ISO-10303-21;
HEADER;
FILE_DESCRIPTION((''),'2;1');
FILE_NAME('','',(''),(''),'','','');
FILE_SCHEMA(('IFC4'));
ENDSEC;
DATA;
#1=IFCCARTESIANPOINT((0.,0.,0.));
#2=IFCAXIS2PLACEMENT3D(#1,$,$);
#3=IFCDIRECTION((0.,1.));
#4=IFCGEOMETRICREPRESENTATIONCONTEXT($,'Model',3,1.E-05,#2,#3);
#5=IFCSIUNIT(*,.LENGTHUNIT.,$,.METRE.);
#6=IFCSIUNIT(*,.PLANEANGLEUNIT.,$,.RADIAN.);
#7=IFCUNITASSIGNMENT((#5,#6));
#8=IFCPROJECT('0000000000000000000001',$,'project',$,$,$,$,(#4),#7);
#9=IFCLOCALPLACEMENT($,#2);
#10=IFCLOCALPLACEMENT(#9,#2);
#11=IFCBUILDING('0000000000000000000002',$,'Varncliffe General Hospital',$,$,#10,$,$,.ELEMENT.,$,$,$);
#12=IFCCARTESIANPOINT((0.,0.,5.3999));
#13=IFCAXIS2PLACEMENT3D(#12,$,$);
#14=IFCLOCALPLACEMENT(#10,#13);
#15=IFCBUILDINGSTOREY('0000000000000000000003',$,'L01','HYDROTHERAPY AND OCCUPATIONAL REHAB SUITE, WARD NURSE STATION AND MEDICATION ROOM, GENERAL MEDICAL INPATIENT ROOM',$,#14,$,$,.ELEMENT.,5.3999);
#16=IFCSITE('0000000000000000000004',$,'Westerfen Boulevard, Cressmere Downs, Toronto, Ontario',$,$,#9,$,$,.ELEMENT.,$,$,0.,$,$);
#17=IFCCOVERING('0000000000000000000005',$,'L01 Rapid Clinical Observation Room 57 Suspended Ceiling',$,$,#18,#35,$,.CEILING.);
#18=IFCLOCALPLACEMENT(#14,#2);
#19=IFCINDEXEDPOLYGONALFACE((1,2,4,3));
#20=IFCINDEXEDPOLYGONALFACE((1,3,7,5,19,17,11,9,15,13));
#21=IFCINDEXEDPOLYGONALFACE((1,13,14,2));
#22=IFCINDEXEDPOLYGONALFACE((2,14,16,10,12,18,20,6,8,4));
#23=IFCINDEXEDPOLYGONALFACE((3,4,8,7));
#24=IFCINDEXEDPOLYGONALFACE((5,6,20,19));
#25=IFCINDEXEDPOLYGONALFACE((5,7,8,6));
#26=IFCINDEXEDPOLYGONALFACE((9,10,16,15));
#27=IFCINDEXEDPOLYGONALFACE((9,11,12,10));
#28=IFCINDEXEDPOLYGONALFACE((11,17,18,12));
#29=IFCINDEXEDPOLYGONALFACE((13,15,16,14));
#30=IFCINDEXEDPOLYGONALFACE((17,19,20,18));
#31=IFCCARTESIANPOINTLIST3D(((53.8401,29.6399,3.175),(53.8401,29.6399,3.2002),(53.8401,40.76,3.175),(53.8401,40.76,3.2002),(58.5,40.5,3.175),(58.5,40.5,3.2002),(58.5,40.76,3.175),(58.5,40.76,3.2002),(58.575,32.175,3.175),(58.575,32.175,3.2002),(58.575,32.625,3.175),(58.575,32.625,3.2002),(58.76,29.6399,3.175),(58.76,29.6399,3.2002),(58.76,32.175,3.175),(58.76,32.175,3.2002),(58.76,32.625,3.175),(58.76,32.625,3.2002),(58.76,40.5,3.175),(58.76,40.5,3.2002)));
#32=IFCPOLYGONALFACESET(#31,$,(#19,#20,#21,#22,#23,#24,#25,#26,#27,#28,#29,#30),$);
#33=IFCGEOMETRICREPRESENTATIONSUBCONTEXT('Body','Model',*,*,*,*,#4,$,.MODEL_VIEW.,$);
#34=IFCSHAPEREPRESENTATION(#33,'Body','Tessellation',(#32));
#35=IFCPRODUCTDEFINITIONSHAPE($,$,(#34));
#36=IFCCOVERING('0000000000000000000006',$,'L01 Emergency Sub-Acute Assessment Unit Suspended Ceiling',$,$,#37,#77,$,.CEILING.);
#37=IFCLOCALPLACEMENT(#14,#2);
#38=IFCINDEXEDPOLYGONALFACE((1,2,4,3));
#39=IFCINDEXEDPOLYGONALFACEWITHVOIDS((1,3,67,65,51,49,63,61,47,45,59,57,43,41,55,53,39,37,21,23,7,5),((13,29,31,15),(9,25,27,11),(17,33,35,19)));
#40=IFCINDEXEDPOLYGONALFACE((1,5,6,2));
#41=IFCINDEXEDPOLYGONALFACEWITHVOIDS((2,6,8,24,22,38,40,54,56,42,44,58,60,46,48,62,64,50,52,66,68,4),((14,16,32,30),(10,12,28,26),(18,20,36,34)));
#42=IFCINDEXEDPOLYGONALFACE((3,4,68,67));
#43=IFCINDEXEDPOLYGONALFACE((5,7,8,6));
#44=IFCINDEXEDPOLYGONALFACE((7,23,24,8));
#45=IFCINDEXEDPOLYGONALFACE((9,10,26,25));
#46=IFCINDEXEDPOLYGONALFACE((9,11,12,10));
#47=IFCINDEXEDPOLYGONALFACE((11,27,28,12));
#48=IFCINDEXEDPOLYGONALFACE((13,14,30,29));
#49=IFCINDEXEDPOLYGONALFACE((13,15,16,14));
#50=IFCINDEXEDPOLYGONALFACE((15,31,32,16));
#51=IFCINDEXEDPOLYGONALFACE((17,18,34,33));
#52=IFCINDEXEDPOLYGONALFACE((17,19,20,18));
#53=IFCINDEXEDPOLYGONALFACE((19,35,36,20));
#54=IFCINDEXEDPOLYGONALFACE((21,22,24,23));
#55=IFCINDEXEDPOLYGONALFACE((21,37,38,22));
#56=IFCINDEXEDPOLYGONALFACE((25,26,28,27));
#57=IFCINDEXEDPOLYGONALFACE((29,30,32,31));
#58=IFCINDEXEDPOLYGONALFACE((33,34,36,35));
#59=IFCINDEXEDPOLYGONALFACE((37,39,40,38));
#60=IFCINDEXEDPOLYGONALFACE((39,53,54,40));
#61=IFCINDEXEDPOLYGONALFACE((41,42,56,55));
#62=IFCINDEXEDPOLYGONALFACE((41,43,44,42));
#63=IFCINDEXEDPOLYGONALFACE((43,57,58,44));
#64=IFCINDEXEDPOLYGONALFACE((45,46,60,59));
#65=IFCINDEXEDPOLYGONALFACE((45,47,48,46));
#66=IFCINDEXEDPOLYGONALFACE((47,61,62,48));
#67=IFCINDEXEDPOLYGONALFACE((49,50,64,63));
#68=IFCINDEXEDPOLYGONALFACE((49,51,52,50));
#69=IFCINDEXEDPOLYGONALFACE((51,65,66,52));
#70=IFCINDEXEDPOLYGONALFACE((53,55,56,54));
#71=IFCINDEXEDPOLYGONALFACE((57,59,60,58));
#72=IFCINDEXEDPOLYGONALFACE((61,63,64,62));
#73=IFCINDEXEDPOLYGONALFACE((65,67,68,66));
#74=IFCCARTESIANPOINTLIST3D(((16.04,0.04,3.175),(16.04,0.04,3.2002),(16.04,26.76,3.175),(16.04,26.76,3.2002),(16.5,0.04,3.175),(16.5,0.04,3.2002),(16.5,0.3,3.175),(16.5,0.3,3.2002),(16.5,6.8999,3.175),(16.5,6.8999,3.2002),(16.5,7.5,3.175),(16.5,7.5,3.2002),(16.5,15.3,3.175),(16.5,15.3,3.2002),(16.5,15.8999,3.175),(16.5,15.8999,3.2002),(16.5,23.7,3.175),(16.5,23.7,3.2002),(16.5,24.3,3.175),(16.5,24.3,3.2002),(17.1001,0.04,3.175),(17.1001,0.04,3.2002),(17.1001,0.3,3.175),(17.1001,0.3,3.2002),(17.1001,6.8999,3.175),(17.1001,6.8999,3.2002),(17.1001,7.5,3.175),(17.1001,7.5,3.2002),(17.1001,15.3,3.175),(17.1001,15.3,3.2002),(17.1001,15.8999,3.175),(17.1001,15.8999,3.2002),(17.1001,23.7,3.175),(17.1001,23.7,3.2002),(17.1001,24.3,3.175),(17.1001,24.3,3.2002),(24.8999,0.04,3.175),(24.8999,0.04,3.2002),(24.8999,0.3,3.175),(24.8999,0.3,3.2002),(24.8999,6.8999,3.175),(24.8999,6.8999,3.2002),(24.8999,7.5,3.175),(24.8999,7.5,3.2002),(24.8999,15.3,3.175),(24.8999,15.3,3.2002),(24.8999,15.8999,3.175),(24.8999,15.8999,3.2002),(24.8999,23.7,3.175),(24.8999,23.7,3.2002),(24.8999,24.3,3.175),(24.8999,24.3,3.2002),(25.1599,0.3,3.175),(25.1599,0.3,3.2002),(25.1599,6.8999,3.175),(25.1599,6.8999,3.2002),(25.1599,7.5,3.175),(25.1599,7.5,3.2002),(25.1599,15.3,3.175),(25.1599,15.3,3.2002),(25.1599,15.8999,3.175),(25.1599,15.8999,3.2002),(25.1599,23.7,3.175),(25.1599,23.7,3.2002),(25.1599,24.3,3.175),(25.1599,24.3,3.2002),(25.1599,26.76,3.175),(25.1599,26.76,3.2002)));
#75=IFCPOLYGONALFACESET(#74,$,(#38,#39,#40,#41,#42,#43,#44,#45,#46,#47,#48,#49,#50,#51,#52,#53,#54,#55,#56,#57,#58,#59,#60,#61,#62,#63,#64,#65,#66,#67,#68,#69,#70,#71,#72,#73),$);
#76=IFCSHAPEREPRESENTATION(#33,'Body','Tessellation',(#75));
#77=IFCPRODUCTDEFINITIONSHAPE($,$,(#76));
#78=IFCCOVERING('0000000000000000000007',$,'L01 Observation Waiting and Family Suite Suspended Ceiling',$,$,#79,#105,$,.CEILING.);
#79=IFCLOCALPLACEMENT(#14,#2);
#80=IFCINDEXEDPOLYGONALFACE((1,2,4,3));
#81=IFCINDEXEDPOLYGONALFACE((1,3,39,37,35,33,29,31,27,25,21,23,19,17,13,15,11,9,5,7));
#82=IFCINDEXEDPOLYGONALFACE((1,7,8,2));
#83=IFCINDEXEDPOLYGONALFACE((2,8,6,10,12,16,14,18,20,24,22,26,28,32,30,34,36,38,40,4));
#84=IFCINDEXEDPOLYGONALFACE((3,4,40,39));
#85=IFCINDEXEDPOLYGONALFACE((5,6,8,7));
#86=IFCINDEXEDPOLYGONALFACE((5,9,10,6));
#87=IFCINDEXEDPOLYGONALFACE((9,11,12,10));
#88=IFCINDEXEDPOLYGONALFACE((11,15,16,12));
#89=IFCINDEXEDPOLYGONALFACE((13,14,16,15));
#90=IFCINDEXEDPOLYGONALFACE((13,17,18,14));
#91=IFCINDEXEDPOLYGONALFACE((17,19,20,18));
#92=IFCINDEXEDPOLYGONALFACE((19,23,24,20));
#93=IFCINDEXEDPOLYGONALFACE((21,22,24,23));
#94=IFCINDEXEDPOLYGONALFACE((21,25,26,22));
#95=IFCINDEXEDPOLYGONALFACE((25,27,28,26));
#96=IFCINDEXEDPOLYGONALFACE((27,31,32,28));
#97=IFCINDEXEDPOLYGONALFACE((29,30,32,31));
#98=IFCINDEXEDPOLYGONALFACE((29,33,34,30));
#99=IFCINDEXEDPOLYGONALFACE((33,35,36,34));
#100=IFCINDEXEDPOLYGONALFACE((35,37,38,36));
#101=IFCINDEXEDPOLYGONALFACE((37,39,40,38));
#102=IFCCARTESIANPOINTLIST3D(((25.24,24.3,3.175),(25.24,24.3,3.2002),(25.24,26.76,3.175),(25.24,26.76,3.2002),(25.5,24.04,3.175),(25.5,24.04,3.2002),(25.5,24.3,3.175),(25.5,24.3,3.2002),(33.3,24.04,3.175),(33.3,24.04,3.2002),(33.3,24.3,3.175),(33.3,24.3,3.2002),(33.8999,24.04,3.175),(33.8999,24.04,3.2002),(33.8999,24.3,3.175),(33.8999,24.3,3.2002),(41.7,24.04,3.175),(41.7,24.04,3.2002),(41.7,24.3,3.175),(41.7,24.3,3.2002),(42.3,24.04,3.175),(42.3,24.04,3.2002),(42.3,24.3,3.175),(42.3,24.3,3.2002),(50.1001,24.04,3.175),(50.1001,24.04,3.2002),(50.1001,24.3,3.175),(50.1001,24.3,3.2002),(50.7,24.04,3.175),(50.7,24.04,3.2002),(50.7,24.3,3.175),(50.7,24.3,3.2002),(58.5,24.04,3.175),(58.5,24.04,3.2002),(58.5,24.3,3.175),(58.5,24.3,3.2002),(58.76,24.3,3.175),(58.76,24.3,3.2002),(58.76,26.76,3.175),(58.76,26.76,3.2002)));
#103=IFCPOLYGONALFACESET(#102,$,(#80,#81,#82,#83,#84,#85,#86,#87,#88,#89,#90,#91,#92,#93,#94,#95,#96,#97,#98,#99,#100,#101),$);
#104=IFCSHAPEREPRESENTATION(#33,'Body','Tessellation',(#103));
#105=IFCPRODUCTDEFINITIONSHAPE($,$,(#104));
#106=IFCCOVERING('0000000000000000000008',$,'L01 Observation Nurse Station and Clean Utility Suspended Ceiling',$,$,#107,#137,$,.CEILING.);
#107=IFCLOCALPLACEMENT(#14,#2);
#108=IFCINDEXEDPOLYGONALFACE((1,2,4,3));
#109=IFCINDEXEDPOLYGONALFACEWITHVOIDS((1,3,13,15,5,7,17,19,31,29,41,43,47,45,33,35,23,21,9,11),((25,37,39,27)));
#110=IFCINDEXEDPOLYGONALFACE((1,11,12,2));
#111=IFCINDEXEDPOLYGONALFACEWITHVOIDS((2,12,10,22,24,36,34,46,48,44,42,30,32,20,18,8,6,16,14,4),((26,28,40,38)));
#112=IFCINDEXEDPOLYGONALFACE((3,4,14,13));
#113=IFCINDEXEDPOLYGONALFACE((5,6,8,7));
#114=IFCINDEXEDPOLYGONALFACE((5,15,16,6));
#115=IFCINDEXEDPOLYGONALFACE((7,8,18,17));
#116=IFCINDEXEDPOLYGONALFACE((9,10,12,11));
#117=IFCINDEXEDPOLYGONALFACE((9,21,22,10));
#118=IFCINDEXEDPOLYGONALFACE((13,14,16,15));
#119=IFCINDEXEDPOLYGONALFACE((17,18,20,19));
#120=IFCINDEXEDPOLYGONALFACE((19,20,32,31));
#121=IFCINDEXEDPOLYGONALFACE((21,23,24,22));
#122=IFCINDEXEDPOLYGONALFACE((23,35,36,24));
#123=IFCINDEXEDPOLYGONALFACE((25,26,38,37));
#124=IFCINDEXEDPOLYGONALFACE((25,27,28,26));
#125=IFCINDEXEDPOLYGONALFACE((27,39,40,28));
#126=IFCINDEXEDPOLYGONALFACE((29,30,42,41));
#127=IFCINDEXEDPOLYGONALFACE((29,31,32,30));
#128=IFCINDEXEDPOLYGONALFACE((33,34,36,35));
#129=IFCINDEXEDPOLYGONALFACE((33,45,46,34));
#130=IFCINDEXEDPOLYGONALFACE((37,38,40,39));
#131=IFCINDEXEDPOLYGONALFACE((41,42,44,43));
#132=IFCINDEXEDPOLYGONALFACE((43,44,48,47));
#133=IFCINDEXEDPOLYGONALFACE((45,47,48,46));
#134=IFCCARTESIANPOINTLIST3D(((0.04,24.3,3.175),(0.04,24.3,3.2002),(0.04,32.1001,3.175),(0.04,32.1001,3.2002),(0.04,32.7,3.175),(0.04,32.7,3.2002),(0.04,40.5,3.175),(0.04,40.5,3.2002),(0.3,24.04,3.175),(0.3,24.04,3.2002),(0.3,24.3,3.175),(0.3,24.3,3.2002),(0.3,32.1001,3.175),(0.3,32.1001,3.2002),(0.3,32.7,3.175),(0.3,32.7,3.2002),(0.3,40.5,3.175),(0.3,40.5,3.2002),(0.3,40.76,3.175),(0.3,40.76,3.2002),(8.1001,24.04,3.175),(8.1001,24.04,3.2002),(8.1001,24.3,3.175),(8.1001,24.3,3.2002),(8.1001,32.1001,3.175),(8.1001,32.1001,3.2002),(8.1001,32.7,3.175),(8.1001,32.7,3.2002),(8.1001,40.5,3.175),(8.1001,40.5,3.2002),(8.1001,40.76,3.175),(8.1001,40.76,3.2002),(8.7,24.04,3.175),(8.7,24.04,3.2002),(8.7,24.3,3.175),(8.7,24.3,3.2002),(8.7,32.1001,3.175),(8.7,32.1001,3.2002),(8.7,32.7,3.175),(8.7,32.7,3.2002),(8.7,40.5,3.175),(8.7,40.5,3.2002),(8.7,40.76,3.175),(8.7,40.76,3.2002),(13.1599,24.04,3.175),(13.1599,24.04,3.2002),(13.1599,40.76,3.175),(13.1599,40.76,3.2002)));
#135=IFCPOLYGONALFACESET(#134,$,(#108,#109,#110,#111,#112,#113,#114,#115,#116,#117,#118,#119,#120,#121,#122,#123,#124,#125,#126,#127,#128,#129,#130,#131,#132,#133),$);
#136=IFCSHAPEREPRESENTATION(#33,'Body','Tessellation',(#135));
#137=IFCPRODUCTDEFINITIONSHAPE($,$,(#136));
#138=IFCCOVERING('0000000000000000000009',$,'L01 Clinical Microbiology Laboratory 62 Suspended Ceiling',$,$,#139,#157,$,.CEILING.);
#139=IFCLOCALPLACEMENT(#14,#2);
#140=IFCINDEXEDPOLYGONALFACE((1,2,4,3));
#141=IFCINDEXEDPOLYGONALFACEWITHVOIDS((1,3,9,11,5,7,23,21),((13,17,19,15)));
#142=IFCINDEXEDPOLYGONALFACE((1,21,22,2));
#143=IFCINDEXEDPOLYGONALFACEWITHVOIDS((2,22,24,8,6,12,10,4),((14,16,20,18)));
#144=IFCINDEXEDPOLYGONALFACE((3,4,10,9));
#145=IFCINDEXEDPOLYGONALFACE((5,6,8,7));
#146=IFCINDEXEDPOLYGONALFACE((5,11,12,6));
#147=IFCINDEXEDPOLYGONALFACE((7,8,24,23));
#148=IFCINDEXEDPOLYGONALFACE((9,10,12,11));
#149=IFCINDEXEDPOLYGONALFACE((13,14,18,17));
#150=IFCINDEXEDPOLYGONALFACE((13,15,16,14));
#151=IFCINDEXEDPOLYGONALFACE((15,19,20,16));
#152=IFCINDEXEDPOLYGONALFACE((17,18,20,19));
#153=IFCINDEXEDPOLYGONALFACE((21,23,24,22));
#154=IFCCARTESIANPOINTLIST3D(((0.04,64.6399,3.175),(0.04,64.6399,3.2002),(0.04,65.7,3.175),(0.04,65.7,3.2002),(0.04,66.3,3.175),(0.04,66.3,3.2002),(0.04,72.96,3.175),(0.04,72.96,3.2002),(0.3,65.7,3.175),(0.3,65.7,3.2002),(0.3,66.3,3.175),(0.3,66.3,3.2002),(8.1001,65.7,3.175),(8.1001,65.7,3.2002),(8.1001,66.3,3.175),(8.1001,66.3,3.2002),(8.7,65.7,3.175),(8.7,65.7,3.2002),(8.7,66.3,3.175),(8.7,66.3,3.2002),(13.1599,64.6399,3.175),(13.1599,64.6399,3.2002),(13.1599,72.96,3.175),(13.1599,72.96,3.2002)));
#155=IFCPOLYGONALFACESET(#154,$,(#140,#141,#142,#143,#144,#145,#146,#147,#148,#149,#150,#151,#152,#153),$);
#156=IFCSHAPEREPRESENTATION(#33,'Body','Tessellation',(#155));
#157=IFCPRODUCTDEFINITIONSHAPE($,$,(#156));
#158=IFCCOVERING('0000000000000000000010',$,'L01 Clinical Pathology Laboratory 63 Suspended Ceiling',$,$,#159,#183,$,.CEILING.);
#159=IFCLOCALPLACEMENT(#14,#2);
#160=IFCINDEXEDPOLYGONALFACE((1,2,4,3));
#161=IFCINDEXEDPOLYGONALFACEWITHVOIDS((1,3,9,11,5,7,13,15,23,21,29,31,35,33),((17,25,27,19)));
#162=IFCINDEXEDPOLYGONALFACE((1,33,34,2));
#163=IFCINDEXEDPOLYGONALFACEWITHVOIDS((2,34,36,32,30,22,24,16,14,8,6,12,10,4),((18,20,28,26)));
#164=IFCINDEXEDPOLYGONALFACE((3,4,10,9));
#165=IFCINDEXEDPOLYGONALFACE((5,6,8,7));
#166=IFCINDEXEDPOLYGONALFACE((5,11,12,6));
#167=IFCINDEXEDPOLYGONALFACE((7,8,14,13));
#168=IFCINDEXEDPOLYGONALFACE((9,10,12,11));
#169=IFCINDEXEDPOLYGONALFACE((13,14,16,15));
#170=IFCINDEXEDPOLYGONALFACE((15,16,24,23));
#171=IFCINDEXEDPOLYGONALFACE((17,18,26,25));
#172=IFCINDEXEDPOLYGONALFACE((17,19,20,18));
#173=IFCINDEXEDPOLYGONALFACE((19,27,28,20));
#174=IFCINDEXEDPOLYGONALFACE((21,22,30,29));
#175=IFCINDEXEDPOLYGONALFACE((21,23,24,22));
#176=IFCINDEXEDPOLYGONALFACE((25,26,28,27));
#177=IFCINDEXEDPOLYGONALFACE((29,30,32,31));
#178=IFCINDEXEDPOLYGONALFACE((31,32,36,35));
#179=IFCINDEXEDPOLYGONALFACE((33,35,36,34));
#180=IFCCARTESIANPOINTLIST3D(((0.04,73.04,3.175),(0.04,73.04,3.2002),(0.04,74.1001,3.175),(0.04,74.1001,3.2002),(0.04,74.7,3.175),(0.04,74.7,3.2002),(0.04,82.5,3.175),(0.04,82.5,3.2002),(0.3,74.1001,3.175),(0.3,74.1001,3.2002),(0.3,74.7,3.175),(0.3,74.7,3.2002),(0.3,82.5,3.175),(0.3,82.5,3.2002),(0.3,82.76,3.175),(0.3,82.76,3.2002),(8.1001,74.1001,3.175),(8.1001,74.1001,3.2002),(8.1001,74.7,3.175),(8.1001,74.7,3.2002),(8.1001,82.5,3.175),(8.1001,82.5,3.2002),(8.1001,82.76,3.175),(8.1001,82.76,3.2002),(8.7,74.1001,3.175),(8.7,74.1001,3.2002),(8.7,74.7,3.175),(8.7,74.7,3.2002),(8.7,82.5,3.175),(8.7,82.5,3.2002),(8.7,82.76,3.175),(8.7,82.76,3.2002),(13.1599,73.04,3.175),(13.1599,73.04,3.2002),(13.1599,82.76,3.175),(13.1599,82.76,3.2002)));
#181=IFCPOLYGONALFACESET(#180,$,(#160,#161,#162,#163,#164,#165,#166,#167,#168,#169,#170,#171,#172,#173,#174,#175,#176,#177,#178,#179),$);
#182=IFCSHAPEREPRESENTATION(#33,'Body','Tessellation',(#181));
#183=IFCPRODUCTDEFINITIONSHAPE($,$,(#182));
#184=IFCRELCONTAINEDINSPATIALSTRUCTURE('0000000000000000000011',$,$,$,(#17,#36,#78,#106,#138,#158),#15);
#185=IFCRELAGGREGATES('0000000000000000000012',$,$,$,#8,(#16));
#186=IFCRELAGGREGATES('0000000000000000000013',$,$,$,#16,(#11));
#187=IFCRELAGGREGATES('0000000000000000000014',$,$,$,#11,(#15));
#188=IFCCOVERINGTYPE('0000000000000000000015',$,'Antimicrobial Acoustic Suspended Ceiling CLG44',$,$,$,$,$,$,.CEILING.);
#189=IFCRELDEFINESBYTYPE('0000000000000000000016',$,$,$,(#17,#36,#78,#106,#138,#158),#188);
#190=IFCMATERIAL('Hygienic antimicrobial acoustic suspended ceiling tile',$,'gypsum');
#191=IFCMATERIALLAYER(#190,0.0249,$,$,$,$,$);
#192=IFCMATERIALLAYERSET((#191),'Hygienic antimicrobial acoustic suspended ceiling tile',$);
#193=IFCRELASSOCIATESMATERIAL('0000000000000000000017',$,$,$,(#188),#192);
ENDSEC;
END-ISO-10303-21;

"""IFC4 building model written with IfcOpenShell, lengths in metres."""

from ifc_helpers import new_model, si_unit, direction, frame, origin, place, context, subcontext, project, spatial, polyline, outline, extrude, material, layer, layer_set, type_object, element, save


model = new_model("IFC4")

# Units and contexts
model_context = context("Model", 3, precision=1e-05, world=origin(), true_north=direction((0.0, 1.0)))
body_context = subcontext(model_context, "Body", "Model", "MODEL_VIEW")
ifc_project = project(units=[si_unit("LENGTHUNIT", "METRE"), si_unit("PLANEANGLEUNIT", "RADIAN")], contexts=[model_context])

# Site, building, storey
site_placement = place(None, origin())
site = spatial("IfcSite", under=ifc_project, at=site_placement, Name="Westerfen Boulevard, Cressmere Downs, Toronto, Ontario", CompositionType="ELEMENT", RefElevation=0.0)
building_placement = place(site_placement, origin())
building = spatial("IfcBuilding", under=site, at=building_placement, Name="Varncliffe General Hospital", CompositionType="ELEMENT")
storey_placement = place(building_placement, frame((0.0, 0.0, 5.3999)))
storey = spatial("IfcBuildingStorey", under=building, at=storey_placement, Name="L01", Description="HYDROTHERAPY AND OCCUPATIONAL REHAB SUITE, WARD NURSE STATION AND MEDICATION ROOM, GENERAL MEDICAL INPATIENT ROOM", CompositionType="ELEMENT", Elevation=5.3999)

# Coverings
ifc_material_1 = material(Name="Hygienic antimicrobial acoustic suspended ceiling tile", Category="gypsum")
ifc_layer = layer(ifc_material_1, 0.0249)
ifc_layer_set = layer_set([ifc_layer], Name="Hygienic antimicrobial acoustic suspended ceiling tile")
covering_type = type_object("IfcCoveringType", Name="Antimicrobial Acoustic Suspended Ceiling CLG44", PredefinedType="CEILING", material=ifc_layer_set)
covering_1_placement = place(storey_placement, frame((0.0, 0.0, 3.175)))
element("IfcCovering", 1, at=covering_1_placement, inside=storey, type_object=covering_type, Name="L01 Rapid Clinical Observation Room 57 Suspended Ceiling", PredefinedType="CEILING", context=body_context, shape_type="SweptSolid", body=[
    extrude(outline(polyline([(53.8401, 29.6399), (53.8401, 40.76), (58.5, 40.76), (58.5, 40.5), (58.76, 40.5), (58.76, 32.625), (58.575, 32.625), (58.575, 32.175), (58.76, 32.175), (58.76, 29.6399), (53.8401, 29.6399)])), origin(), (0.0, 0.0, 1.0), 0.0251),
])
covering_2_placement = place(storey_placement, frame((0.0, 0.0, 3.175)))
element("IfcCovering", 2, at=covering_2_placement, inside=storey, type_object=covering_type, Name="L01 Emergency Sub-Acute Assessment Unit Suspended Ceiling", PredefinedType="CEILING", context=body_context, shape_type="SweptSolid", body=[
    extrude(outline(polyline([(24.8999, 15.8999), (24.8999, 15.3), (25.1599, 15.3), (25.1599, 7.5), (24.8999, 7.5), (24.8999, 6.8999), (25.1599, 6.8999), (25.1599, 0.3), (24.8999, 0.3), (24.8999, 0.04), (17.1001, 0.04), (17.1001, 0.3), (16.5, 0.3), (16.5, 0.04), (16.04, 0.04), (16.04, 26.76), (25.1599, 26.76), (25.1599, 24.3), (24.8999, 24.3), (24.8999, 23.7), (25.1599, 23.7), (25.1599, 15.8999), (24.8999, 15.8999)]), holes=[polyline([(17.1001, 6.8999), (17.1001, 7.5), (16.5, 7.5), (16.5, 6.8999), (17.1001, 6.8999)]), polyline([(17.1001, 15.3), (17.1001, 15.8999), (16.5, 15.8999), (16.5, 15.3), (17.1001, 15.3)]), polyline([(17.1001, 23.7), (17.1001, 24.3), (16.5, 24.3), (16.5, 23.7), (17.1001, 23.7)])]), origin(), (0.0, 0.0, 1.0), 0.0251),
])
covering_3_placement = place(storey_placement, frame((0.0, 0.0, 3.175)))
element("IfcCovering", 3, at=covering_3_placement, inside=storey, type_object=covering_type, Name="L01 Observation Waiting and Family Suite Suspended Ceiling", PredefinedType="CEILING", context=body_context, shape_type="SweptSolid", body=[
    extrude(outline(polyline([(50.7, 24.3), (50.1001, 24.3), (50.1001, 24.04), (42.3, 24.04), (42.3, 24.3), (41.7, 24.3), (41.7, 24.04), (33.8999, 24.04), (33.8999, 24.3), (33.3, 24.3), (33.3, 24.04), (25.5, 24.04), (25.5, 24.3), (25.24, 24.3), (25.24, 26.76), (58.76, 26.76), (58.76, 24.3), (58.5, 24.3), (58.5, 24.04), (50.7, 24.04), (50.7, 24.3)])), origin(), (0.0, 0.0, 1.0), 0.0251),
])
covering_4_placement = place(storey_placement, frame((0.0, 0.0, 3.175)))
element("IfcCovering", 4, at=covering_4_placement, inside=storey, type_object=covering_type, Name="L01 Observation Nurse Station and Clean Utility Suspended Ceiling", PredefinedType="CEILING", context=body_context, shape_type="SweptSolid", body=[
    extrude(outline(polyline([(8.7, 24.3), (8.1001, 24.3), (8.1001, 24.04), (0.3, 24.04), (0.3, 24.3), (0.04, 24.3), (0.04, 32.1001), (0.3, 32.1001), (0.3, 32.7), (0.04, 32.7), (0.04, 40.5), (0.3, 40.5), (0.3, 40.76), (8.1001, 40.76), (8.1001, 40.5), (8.7, 40.5), (8.7, 40.76), (13.1599, 40.76), (13.1599, 24.04), (8.7, 24.04), (8.7, 24.3)]), holes=[polyline([(8.7, 32.1001), (8.7, 32.7), (8.1001, 32.7), (8.1001, 32.1001), (8.7, 32.1001)])]), origin(), (0.0, 0.0, 1.0), 0.0251),
])
covering_5_placement = place(storey_placement, frame((0.0, 0.0, 3.175)))
element("IfcCovering", 5, at=covering_5_placement, inside=storey, type_object=covering_type, Name="L01 Clinical Microbiology Laboratory 62 Suspended Ceiling", PredefinedType="CEILING", context=body_context, shape_type="SweptSolid", body=[
    extrude(outline(polyline([(0.04, 72.96), (13.1599, 72.96), (13.1599, 64.6399), (0.04, 64.6399), (0.04, 65.7), (0.3, 65.7), (0.3, 66.3), (0.04, 66.3), (0.04, 72.96)]), holes=[polyline([(8.7, 65.7), (8.7, 66.3), (8.1001, 66.3), (8.1001, 65.7), (8.7, 65.7)])]), origin(), (0.0, 0.0, 1.0), 0.0251),
])
covering_6_placement = place(storey_placement, frame((0.0, 0.0, 3.175)))
element("IfcCovering", 6, at=covering_6_placement, inside=storey, type_object=covering_type, Name="L01 Clinical Pathology Laboratory 63 Suspended Ceiling", PredefinedType="CEILING", context=body_context, shape_type="SweptSolid", body=[
    extrude(outline(polyline([(13.1599, 73.04), (0.04, 73.04), (0.04, 74.1001), (0.3, 74.1001), (0.3, 74.7), (0.04, 74.7), (0.04, 82.5), (0.3, 82.5), (0.3, 82.76), (8.1001, 82.76), (8.1001, 82.5), (8.7, 82.5), (8.7, 82.76), (13.1599, 82.76), (13.1599, 73.04)]), holes=[polyline([(8.7, 74.1001), (8.7, 74.7), (8.1001, 74.7), (8.1001, 74.1001), (8.7, 74.1001)])]), origin(), (0.0, 0.0, 1.0), 0.0251),
])

save(model, "model.ifc")
